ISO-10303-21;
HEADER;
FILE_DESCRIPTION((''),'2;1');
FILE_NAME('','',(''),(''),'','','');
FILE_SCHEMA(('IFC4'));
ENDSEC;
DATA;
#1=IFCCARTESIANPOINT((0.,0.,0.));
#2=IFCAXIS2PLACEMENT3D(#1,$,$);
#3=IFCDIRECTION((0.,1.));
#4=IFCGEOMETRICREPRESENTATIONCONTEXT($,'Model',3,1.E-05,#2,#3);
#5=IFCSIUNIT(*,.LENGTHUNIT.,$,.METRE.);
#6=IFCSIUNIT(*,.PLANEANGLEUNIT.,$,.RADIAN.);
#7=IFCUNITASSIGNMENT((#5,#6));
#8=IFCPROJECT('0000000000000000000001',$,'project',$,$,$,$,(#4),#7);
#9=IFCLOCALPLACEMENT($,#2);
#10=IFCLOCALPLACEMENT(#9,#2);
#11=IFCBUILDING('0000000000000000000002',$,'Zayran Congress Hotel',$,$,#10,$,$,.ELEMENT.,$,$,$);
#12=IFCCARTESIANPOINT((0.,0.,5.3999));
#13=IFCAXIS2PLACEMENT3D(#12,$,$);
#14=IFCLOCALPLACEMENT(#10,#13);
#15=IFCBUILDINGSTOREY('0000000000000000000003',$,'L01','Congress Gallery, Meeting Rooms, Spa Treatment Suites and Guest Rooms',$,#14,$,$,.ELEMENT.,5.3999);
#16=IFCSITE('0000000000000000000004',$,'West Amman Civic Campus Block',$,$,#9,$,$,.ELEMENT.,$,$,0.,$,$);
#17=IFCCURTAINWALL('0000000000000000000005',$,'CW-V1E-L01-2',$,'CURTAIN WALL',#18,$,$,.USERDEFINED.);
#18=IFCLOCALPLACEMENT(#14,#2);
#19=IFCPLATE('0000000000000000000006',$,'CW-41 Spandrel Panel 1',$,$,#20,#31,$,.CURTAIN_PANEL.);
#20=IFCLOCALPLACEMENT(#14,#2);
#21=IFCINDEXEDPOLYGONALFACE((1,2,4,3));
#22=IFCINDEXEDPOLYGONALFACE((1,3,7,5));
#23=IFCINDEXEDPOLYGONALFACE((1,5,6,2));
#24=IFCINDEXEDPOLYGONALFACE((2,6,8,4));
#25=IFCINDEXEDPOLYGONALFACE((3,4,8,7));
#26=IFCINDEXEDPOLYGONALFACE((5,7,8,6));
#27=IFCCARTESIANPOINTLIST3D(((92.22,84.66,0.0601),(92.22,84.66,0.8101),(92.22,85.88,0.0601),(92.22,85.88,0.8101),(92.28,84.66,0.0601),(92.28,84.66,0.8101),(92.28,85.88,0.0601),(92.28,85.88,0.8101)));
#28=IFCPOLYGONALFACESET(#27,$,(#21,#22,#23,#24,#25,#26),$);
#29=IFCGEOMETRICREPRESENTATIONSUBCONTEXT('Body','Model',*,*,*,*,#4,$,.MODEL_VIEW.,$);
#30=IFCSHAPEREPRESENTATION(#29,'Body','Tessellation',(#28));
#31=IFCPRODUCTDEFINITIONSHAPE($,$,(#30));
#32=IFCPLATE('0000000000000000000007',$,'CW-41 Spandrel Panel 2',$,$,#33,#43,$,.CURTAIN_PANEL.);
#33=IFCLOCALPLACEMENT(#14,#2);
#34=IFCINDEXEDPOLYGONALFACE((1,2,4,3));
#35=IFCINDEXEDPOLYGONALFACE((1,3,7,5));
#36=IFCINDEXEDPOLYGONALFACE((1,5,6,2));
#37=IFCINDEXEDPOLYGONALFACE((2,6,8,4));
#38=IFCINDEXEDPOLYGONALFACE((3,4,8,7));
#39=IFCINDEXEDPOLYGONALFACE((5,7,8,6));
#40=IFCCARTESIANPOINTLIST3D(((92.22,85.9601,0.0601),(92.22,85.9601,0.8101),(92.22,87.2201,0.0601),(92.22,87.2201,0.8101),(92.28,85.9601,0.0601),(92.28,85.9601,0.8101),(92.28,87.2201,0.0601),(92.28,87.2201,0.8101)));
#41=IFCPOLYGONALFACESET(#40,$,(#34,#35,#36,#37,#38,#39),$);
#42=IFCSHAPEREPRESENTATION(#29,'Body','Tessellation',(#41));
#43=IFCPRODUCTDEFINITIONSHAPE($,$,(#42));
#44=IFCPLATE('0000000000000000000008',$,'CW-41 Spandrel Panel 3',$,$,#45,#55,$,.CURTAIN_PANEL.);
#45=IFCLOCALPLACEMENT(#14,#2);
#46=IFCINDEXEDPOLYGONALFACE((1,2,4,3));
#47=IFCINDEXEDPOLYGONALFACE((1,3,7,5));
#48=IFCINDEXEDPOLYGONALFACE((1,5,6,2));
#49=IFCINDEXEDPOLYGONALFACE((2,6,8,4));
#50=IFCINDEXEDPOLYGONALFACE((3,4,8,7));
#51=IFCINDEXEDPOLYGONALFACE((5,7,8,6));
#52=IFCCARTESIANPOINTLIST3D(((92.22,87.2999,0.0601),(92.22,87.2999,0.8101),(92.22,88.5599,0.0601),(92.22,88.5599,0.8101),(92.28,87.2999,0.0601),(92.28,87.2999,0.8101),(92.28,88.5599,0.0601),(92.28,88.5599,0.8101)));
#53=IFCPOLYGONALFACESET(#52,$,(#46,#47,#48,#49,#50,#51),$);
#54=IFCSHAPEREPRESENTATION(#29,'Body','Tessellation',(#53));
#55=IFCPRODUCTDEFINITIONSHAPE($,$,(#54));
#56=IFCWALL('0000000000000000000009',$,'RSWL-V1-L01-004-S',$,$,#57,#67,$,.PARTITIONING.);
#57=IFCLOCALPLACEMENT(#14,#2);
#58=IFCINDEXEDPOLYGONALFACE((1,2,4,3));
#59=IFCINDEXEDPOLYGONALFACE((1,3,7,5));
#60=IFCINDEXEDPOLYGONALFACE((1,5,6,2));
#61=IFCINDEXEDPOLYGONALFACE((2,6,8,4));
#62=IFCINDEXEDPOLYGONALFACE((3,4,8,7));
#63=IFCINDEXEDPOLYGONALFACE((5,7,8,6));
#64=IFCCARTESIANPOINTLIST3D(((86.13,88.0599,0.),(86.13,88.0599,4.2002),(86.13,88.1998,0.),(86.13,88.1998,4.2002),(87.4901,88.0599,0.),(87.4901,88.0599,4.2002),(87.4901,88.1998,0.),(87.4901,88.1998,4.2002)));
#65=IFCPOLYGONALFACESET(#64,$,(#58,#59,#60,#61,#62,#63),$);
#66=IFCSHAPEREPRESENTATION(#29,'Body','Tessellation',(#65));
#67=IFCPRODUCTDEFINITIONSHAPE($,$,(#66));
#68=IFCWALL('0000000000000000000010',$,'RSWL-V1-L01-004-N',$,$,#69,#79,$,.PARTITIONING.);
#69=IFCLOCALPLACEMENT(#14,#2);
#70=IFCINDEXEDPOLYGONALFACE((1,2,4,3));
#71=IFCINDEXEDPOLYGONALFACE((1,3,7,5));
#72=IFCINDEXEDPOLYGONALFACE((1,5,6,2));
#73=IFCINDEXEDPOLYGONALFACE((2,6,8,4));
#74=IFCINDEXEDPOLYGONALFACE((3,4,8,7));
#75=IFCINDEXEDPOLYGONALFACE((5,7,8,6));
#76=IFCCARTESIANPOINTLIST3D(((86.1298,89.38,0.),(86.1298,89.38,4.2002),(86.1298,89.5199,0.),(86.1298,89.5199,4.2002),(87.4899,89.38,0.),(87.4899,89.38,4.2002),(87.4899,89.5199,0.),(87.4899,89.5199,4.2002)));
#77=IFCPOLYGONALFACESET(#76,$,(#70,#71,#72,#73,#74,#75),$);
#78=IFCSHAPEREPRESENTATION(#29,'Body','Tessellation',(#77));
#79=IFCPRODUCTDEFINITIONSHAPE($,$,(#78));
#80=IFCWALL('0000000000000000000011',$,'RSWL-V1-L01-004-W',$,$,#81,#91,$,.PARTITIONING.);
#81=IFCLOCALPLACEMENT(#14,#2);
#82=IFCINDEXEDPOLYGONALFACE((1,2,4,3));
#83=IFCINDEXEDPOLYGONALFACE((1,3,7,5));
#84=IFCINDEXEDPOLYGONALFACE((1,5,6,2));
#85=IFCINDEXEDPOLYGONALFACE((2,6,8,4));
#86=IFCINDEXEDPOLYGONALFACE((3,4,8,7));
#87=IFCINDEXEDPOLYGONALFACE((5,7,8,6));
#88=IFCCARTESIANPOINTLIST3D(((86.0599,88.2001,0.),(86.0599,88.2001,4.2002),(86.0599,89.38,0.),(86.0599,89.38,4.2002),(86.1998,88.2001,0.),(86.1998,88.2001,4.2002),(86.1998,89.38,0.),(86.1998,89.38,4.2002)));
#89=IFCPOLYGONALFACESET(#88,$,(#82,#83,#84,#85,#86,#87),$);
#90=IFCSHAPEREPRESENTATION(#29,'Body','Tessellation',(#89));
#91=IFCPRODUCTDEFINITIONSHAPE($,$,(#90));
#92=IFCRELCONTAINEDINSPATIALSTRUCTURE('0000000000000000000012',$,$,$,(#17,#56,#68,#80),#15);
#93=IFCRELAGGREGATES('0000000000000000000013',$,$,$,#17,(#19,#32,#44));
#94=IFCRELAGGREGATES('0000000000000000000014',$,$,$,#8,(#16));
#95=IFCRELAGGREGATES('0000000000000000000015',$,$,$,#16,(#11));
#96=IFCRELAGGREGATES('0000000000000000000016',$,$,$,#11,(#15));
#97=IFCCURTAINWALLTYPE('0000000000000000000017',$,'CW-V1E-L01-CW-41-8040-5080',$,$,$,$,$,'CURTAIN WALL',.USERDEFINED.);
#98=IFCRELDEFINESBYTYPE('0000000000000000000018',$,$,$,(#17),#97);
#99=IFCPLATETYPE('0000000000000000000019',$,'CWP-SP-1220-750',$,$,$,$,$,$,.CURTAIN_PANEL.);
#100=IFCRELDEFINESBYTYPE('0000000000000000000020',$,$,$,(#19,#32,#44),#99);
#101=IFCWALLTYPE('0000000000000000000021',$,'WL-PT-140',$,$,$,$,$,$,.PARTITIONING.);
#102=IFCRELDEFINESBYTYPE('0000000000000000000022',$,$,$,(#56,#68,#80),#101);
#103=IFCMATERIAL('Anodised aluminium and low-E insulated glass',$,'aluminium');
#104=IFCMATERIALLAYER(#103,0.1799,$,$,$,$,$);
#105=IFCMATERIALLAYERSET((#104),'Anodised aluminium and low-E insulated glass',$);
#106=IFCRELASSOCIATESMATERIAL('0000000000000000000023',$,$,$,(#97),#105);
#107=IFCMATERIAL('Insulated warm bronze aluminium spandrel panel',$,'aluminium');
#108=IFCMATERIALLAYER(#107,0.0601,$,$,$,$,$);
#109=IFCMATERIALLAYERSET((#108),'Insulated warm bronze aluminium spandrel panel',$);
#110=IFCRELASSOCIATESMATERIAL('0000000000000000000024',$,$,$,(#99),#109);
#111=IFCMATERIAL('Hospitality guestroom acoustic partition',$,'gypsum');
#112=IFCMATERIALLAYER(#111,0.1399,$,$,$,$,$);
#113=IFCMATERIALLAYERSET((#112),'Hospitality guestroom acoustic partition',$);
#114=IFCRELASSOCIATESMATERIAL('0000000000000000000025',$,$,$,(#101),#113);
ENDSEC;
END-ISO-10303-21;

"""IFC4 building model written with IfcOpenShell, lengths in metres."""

from ifc_helpers import new_model, si_unit, direction, frame, frame_2d, origin, origin_2d, place, context, subcontext, project, spatial, rectangle, extrude, material, layer, layer_set, type_object, element, aggregate, save


model = new_model("IFC4")

# Units and contexts
model_context = context("Model", 3, precision=1e-05, world=origin(), true_north=direction((0.0, 1.0)))
body_context = subcontext(model_context, "Body", "Model", "MODEL_VIEW")
ifc_project = project(units=[si_unit("LENGTHUNIT", "METRE"), si_unit("PLANEANGLEUNIT", "RADIAN")], contexts=[model_context])

# Site, building, storey
site_placement = place(None, origin())
site = spatial("IfcSite", under=ifc_project, at=site_placement, Name="West Amman Civic Campus Block", CompositionType="ELEMENT", RefElevation=0.0)
building_placement = place(site_placement, origin())
building = spatial("IfcBuilding", under=site, at=building_placement, Name="Zayran Congress Hotel", CompositionType="ELEMENT")
storey_placement = place(building_placement, frame((0.0, 0.0, 5.3999)))
storey = spatial("IfcBuildingStorey", under=building, at=storey_placement, Name="L01", Description="Congress Gallery, Meeting Rooms, Spa Treatment Suites and Guest Rooms", CompositionType="ELEMENT", Elevation=5.3999)

# Curtain wall, plates
ifc_material_1 = material(Name="Anodised aluminium and low-E insulated glass", Category="aluminium")
ifc_layer_1 = layer(ifc_material_1, 0.1799)
ifc_layer_set_1 = layer_set([ifc_layer_1], Name="Anodised aluminium and low-E insulated glass")
curtain_wall_type = type_object("IfcCurtainWallType", Name="CW-V1E-L01-CW-41-8040-5080", ElementType="CURTAIN WALL", PredefinedType="USERDEFINED", material=ifc_layer_set_1)
curtain_wall_placement = place(storey_placement, origin())
curtain_wall = element("IfcCurtainWall", 1, at=curtain_wall_placement, inside=storey, type_object=curtain_wall_type, Name="CW-V1E-L01-2", ObjectType="CURTAIN WALL", PredefinedType="USERDEFINED")
ifc_material_2 = material(Name="Insulated warm bronze aluminium spandrel panel", Category="aluminium")
ifc_layer_2 = layer(ifc_material_2, 0.0601)
ifc_layer_set_2 = layer_set([ifc_layer_2], Name="Insulated warm bronze aluminium spandrel panel")
plate_type_1 = type_object("IfcPlateType", Name="CWP-SP-1220-750", PredefinedType="CURTAIN_PANEL", material=ifc_layer_set_2)
plate_1_placement = place(storey_placement, frame((92.25, 85.27, 0.0601), z_axis=(0.0, 0.0, 1.0), x_axis=(0.0, 1.0, 0.0)))
plate_1 = element("IfcPlate", 2, at=plate_1_placement, type_object=plate_type_1, Name="CW-41 Spandrel Panel 1", PredefinedType="CURTAIN_PANEL", context=body_context, shape_type="SweptSolid", body=[
    extrude(rectangle(XDim=1.22, YDim=0.0601, at=origin_2d()), origin(), (0.0, 0.0, 1.0), 0.75),
])
plate_2_placement = place(storey_placement, frame((92.25, 86.5901, 0.0601), z_axis=(0.0, 0.0, 1.0), x_axis=(0.0, 1.0, 0.0)))
plate_2 = element("IfcPlate", 3, at=plate_2_placement, type_object=plate_type_1, Name="CW-41 Spandrel Panel 2", PredefinedType="CURTAIN_PANEL", context=body_context, shape_type="SweptSolid", body=[
    extrude(rectangle(XDim=1.26, YDim=0.0601, at=origin_2d()), origin(), (0.0, 0.0, 1.0), 0.75),
])
plate_3_placement = place(storey_placement, frame((92.25, 87.9299, 0.0601), z_axis=(0.0, 0.0, 1.0), x_axis=(0.0, 1.0, 0.0)))
plate_3 = element("IfcPlate", 4, at=plate_3_placement, type_object=plate_type_1, Name="CW-41 Spandrel Panel 3", PredefinedType="CURTAIN_PANEL", context=body_context, shape_type="SweptSolid", body=[
    extrude(rectangle(XDim=1.26, YDim=0.0601, at=origin_2d()), origin(), (0.0, 0.0, 1.0), 0.75),
])
aggregate(curtain_wall, [plate_1, plate_2, plate_3])

# Walls
ifc_material_3 = material(Name="Hospitality guestroom acoustic partition", Category="gypsum")
ifc_layer_3 = layer(ifc_material_3, 0.1399)
ifc_layer_set_3 = layer_set([ifc_layer_3], Name="Hospitality guestroom acoustic partition")
wall_type = type_object("IfcWallType", Name="WL-PT-140", PredefinedType="PARTITIONING", material=ifc_layer_set_3)
for number, where, z_axis, x_axis, name in (
    (5, (86.1299, 88.1299, 0.0), (0.0, 0.0, 1.0), (1.0, 0.0, 0.0), "RSWL-V1-L01-004-S"),
    (6, (87.49, 89.45, 0.0), (0.0, 0.0, 1.0), (-1.0, 0.0, 0.0), "RSWL-V1-L01-004-N"),
):
    element("IfcWall", number, at=place(storey_placement, frame(where, z_axis=z_axis, x_axis=x_axis)), inside=storey, type_object=wall_type, Name=name, PredefinedType="PARTITIONING", context=body_context, shape_type="SweptSolid", body=[
        extrude(rectangle(XDim=1.3601, YDim=0.1399, at=frame_2d((0.6802, 0.0))), origin(), (0.0, 0.0, 1.0), 4.2002),
    ])
for number, where, z_axis, x_axis, name in (
    (7, (86.1299, 89.3799, 0.0), (0.0, 0.0, 1.0), (0.0, -1.0, 0.0), "RSWL-V1-L01-004-W"),
):
    element("IfcWall", number, at=place(storey_placement, frame(where, z_axis=z_axis, x_axis=x_axis)), inside=storey, type_object=wall_type, Name=name, PredefinedType="PARTITIONING", context=body_context, shape_type="SweptSolid", body=[
        extrude(rectangle(XDim=1.1799, YDim=0.1399, at=frame_2d((0.5898, 0.0))), origin(), (0.0, 0.0, 1.0), 4.2002),
    ])

save(model, "model.ifc")
